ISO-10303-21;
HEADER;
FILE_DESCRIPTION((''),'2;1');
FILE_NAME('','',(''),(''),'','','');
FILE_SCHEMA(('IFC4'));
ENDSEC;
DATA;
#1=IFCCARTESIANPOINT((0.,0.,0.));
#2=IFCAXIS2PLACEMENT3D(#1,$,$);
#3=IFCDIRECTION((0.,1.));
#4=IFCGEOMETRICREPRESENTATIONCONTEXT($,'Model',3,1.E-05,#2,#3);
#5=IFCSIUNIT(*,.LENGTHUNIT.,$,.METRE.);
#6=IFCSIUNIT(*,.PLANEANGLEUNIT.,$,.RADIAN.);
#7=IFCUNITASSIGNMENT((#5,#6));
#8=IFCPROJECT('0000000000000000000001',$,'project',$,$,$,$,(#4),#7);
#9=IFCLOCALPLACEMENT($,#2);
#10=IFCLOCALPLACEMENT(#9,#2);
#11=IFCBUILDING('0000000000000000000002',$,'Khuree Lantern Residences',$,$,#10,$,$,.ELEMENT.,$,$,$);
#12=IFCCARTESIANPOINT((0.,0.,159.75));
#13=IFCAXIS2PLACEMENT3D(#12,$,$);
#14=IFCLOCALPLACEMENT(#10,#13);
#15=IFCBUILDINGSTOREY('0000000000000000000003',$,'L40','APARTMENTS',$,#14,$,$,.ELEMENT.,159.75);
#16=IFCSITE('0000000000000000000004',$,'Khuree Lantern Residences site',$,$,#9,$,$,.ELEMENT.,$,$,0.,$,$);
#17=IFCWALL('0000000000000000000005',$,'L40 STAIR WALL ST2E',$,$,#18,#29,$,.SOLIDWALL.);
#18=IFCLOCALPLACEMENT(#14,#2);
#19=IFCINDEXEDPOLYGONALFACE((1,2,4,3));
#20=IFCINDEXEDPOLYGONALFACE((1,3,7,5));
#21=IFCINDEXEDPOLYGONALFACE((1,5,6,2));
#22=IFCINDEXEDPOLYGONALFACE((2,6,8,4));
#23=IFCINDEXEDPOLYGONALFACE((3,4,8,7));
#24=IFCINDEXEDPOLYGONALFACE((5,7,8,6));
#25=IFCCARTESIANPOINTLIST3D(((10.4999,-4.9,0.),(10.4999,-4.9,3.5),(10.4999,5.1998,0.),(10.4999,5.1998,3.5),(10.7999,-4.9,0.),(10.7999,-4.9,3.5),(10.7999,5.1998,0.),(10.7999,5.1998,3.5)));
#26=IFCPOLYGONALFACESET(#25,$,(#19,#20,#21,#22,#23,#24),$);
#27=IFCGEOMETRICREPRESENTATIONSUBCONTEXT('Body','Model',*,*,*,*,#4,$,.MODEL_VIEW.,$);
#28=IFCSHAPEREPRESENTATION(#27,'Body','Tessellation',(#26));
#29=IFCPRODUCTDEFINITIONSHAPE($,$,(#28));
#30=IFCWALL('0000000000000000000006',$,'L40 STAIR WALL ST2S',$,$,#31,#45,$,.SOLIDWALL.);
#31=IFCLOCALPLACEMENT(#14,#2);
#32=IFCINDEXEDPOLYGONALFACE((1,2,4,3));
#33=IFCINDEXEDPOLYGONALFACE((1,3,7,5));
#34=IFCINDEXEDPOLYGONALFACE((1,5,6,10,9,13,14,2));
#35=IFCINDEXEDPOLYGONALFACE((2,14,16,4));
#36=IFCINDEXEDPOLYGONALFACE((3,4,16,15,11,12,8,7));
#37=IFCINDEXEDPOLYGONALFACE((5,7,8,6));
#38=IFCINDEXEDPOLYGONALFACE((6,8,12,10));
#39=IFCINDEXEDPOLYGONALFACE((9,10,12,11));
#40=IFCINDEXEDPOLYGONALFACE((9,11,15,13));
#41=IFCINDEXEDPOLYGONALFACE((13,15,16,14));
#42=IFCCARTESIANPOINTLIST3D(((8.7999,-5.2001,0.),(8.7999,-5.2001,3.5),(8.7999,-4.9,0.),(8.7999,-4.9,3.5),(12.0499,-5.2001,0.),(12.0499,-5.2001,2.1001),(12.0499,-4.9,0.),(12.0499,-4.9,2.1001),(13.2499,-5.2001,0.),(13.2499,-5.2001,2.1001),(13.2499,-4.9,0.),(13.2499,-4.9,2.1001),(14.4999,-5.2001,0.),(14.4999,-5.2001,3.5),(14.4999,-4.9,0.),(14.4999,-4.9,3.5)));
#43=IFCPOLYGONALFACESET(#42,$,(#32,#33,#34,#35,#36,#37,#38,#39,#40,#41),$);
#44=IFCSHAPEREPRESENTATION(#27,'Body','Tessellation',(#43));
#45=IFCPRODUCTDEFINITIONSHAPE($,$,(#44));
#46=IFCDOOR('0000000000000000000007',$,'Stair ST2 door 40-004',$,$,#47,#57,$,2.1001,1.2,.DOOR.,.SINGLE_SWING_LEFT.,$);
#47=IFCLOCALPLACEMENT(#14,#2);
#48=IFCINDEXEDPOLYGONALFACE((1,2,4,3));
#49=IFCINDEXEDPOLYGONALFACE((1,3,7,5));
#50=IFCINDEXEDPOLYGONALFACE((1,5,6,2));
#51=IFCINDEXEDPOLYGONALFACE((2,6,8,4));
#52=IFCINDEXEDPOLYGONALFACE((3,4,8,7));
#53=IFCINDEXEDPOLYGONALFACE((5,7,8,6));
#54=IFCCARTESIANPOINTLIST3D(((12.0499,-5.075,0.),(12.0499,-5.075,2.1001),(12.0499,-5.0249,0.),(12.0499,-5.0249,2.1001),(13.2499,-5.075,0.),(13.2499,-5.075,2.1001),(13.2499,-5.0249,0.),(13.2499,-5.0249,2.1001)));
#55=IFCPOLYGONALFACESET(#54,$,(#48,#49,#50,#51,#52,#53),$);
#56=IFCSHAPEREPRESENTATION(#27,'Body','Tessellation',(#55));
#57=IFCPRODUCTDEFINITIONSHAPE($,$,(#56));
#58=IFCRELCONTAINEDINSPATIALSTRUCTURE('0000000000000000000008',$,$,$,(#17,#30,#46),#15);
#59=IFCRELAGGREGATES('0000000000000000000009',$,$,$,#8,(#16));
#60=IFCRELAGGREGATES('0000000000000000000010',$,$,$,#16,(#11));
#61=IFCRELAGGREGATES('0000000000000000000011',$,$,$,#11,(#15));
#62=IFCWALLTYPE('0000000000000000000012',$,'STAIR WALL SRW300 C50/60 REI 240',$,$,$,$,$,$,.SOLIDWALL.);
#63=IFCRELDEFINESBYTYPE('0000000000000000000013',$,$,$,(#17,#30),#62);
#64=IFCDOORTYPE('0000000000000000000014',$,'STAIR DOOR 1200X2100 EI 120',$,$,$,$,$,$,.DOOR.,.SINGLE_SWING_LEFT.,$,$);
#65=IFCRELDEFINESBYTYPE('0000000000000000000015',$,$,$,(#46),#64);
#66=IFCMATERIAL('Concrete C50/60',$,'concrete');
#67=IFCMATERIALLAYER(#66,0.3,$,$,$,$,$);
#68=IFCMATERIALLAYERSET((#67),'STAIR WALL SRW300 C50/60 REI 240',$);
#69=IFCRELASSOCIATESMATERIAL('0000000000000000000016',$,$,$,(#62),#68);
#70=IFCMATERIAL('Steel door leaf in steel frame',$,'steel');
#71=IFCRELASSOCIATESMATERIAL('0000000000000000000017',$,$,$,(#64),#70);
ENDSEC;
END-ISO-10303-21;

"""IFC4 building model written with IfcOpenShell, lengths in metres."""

from ifc_helpers import new_model, si_unit, direction, frame, frame_2d, origin, place, context, subcontext, project, spatial, rectangle, extrude, material, layer, layer_set, type_object, element, fill, save


model = new_model("IFC4")

# Units and contexts
model_context = context("Model", 3, precision=1e-05, world=origin(), true_north=direction((0.0, 1.0)))
body_context = subcontext(model_context, "Body", "Model", "MODEL_VIEW")
ifc_project = project(units=[si_unit("LENGTHUNIT", "METRE"), si_unit("PLANEANGLEUNIT", "RADIAN")], contexts=[model_context])

# Site, building, storey
site_placement = place(None, origin())
site = spatial("IfcSite", under=ifc_project, at=site_placement, Name="Khuree Lantern Residences site", CompositionType="ELEMENT", RefElevation=0.0)
building_placement = place(site_placement, origin())
building = spatial("IfcBuilding", under=site, at=building_placement, Name="Khuree Lantern Residences", CompositionType="ELEMENT")
storey_placement = place(building_placement, frame((0.0, 0.0, 159.75)))
storey = spatial("IfcBuildingStorey", under=building, at=storey_placement, Name="L40", Description="APARTMENTS", CompositionType="ELEMENT", Elevation=159.75)

# Wall
ifc_material_1 = material(Name="Concrete C50/60", Category="concrete")
ifc_layer_1 = layer(ifc_material_1, 0.3)
ifc_layer_set_1 = layer_set([ifc_layer_1], Name="STAIR WALL SRW300 C50/60 REI 240")
wall_type_1 = type_object("IfcWallType", Name="STAIR WALL SRW300 C50/60 REI 240", PredefinedType="SOLIDWALL", material=ifc_layer_set_1)
wall_1_placement = place(storey_placement, frame((10.6499, -4.8999, 0.0), z_axis=(0.0, 0.0, 1.0), x_axis=(0.0, 1.0, 0.0)))
element("IfcWall", 1, at=wall_1_placement, inside=storey, type_object=wall_type_1, Name="L40 STAIR WALL ST2E", PredefinedType="SOLIDWALL", context=body_context, shape_type="SweptSolid", body=[
    extrude(rectangle(XDim=10.0999, YDim=0.3, at=frame_2d((5.0498, 0.0))), origin(), (0.0, 0.0, 1.0), 3.5),
])

# Wall, opening, door
wall_2_placement = place(storey_placement, frame((14.5, -5.05, 0.0), z_axis=(0.0, 0.0, 1.0), x_axis=(-1.0, 0.0, 0.0)))
wall_2 = element("IfcWall", 2, at=wall_2_placement, inside=storey, type_object=wall_type_1, Name="L40 STAIR WALL ST2S", PredefinedType="SOLIDWALL", context=body_context, shape_type="SweptSolid", body=[
    extrude(rectangle(XDim=5.7, YDim=0.3, at=frame_2d((2.8501, 0.0))), origin(), (0.0, 0.0, 1.0), 3.5),
])
opening_1_placement = place(wall_2_placement, frame((1.25, 0.0, 0.0)))
opening_1 = element("IfcOpeningElement", 3, at=opening_1_placement, cuts=wall_2, PredefinedType="OPENING", context=body_context, shape_type="SweptSolid", body=[
    extrude(rectangle(XDim=1.2, YDim=2.1001, at=frame_2d((0.6001, 1.05))), frame((0.0, 0.1602, 0.0), z_axis=(0.0, -1.0, 0.0), x_axis=(1.0, 0.0, 0.0)), (0.0, 0.0, 1.0), 0.3201),
])
ifc_material_2 = material(Name="Steel door leaf in steel frame", Category="steel")
door_type_1 = type_object("IfcDoorType", Name="STAIR DOOR 1200X2100 EI 120", OperationType="SINGLE_SWING_LEFT", PredefinedType="DOOR", material=ifc_material_2)
door_1_placement = place(opening_1_placement, origin())
door_1 = element("IfcDoor", 4, at=door_1_placement, inside=storey, type_object=door_type_1, Name="Stair ST2 door 40-004", OperationType="SINGLE_SWING_LEFT", OverallHeight=2.1001, OverallWidth=1.2, PredefinedType="DOOR", context=body_context, shape_type="SweptSolid", body=[
    extrude(rectangle(XDim=1.2, YDim=2.1001, at=frame_2d((0.6001, 1.05))), frame((0.0, 0.0249, 0.0), z_axis=(0.0, -1.0, 0.0), x_axis=(1.0, 0.0, 0.0)), (0.0, 0.0, 1.0), 0.05),
])
fill(opening_1, door_1)

save(model, "model.ifc")
